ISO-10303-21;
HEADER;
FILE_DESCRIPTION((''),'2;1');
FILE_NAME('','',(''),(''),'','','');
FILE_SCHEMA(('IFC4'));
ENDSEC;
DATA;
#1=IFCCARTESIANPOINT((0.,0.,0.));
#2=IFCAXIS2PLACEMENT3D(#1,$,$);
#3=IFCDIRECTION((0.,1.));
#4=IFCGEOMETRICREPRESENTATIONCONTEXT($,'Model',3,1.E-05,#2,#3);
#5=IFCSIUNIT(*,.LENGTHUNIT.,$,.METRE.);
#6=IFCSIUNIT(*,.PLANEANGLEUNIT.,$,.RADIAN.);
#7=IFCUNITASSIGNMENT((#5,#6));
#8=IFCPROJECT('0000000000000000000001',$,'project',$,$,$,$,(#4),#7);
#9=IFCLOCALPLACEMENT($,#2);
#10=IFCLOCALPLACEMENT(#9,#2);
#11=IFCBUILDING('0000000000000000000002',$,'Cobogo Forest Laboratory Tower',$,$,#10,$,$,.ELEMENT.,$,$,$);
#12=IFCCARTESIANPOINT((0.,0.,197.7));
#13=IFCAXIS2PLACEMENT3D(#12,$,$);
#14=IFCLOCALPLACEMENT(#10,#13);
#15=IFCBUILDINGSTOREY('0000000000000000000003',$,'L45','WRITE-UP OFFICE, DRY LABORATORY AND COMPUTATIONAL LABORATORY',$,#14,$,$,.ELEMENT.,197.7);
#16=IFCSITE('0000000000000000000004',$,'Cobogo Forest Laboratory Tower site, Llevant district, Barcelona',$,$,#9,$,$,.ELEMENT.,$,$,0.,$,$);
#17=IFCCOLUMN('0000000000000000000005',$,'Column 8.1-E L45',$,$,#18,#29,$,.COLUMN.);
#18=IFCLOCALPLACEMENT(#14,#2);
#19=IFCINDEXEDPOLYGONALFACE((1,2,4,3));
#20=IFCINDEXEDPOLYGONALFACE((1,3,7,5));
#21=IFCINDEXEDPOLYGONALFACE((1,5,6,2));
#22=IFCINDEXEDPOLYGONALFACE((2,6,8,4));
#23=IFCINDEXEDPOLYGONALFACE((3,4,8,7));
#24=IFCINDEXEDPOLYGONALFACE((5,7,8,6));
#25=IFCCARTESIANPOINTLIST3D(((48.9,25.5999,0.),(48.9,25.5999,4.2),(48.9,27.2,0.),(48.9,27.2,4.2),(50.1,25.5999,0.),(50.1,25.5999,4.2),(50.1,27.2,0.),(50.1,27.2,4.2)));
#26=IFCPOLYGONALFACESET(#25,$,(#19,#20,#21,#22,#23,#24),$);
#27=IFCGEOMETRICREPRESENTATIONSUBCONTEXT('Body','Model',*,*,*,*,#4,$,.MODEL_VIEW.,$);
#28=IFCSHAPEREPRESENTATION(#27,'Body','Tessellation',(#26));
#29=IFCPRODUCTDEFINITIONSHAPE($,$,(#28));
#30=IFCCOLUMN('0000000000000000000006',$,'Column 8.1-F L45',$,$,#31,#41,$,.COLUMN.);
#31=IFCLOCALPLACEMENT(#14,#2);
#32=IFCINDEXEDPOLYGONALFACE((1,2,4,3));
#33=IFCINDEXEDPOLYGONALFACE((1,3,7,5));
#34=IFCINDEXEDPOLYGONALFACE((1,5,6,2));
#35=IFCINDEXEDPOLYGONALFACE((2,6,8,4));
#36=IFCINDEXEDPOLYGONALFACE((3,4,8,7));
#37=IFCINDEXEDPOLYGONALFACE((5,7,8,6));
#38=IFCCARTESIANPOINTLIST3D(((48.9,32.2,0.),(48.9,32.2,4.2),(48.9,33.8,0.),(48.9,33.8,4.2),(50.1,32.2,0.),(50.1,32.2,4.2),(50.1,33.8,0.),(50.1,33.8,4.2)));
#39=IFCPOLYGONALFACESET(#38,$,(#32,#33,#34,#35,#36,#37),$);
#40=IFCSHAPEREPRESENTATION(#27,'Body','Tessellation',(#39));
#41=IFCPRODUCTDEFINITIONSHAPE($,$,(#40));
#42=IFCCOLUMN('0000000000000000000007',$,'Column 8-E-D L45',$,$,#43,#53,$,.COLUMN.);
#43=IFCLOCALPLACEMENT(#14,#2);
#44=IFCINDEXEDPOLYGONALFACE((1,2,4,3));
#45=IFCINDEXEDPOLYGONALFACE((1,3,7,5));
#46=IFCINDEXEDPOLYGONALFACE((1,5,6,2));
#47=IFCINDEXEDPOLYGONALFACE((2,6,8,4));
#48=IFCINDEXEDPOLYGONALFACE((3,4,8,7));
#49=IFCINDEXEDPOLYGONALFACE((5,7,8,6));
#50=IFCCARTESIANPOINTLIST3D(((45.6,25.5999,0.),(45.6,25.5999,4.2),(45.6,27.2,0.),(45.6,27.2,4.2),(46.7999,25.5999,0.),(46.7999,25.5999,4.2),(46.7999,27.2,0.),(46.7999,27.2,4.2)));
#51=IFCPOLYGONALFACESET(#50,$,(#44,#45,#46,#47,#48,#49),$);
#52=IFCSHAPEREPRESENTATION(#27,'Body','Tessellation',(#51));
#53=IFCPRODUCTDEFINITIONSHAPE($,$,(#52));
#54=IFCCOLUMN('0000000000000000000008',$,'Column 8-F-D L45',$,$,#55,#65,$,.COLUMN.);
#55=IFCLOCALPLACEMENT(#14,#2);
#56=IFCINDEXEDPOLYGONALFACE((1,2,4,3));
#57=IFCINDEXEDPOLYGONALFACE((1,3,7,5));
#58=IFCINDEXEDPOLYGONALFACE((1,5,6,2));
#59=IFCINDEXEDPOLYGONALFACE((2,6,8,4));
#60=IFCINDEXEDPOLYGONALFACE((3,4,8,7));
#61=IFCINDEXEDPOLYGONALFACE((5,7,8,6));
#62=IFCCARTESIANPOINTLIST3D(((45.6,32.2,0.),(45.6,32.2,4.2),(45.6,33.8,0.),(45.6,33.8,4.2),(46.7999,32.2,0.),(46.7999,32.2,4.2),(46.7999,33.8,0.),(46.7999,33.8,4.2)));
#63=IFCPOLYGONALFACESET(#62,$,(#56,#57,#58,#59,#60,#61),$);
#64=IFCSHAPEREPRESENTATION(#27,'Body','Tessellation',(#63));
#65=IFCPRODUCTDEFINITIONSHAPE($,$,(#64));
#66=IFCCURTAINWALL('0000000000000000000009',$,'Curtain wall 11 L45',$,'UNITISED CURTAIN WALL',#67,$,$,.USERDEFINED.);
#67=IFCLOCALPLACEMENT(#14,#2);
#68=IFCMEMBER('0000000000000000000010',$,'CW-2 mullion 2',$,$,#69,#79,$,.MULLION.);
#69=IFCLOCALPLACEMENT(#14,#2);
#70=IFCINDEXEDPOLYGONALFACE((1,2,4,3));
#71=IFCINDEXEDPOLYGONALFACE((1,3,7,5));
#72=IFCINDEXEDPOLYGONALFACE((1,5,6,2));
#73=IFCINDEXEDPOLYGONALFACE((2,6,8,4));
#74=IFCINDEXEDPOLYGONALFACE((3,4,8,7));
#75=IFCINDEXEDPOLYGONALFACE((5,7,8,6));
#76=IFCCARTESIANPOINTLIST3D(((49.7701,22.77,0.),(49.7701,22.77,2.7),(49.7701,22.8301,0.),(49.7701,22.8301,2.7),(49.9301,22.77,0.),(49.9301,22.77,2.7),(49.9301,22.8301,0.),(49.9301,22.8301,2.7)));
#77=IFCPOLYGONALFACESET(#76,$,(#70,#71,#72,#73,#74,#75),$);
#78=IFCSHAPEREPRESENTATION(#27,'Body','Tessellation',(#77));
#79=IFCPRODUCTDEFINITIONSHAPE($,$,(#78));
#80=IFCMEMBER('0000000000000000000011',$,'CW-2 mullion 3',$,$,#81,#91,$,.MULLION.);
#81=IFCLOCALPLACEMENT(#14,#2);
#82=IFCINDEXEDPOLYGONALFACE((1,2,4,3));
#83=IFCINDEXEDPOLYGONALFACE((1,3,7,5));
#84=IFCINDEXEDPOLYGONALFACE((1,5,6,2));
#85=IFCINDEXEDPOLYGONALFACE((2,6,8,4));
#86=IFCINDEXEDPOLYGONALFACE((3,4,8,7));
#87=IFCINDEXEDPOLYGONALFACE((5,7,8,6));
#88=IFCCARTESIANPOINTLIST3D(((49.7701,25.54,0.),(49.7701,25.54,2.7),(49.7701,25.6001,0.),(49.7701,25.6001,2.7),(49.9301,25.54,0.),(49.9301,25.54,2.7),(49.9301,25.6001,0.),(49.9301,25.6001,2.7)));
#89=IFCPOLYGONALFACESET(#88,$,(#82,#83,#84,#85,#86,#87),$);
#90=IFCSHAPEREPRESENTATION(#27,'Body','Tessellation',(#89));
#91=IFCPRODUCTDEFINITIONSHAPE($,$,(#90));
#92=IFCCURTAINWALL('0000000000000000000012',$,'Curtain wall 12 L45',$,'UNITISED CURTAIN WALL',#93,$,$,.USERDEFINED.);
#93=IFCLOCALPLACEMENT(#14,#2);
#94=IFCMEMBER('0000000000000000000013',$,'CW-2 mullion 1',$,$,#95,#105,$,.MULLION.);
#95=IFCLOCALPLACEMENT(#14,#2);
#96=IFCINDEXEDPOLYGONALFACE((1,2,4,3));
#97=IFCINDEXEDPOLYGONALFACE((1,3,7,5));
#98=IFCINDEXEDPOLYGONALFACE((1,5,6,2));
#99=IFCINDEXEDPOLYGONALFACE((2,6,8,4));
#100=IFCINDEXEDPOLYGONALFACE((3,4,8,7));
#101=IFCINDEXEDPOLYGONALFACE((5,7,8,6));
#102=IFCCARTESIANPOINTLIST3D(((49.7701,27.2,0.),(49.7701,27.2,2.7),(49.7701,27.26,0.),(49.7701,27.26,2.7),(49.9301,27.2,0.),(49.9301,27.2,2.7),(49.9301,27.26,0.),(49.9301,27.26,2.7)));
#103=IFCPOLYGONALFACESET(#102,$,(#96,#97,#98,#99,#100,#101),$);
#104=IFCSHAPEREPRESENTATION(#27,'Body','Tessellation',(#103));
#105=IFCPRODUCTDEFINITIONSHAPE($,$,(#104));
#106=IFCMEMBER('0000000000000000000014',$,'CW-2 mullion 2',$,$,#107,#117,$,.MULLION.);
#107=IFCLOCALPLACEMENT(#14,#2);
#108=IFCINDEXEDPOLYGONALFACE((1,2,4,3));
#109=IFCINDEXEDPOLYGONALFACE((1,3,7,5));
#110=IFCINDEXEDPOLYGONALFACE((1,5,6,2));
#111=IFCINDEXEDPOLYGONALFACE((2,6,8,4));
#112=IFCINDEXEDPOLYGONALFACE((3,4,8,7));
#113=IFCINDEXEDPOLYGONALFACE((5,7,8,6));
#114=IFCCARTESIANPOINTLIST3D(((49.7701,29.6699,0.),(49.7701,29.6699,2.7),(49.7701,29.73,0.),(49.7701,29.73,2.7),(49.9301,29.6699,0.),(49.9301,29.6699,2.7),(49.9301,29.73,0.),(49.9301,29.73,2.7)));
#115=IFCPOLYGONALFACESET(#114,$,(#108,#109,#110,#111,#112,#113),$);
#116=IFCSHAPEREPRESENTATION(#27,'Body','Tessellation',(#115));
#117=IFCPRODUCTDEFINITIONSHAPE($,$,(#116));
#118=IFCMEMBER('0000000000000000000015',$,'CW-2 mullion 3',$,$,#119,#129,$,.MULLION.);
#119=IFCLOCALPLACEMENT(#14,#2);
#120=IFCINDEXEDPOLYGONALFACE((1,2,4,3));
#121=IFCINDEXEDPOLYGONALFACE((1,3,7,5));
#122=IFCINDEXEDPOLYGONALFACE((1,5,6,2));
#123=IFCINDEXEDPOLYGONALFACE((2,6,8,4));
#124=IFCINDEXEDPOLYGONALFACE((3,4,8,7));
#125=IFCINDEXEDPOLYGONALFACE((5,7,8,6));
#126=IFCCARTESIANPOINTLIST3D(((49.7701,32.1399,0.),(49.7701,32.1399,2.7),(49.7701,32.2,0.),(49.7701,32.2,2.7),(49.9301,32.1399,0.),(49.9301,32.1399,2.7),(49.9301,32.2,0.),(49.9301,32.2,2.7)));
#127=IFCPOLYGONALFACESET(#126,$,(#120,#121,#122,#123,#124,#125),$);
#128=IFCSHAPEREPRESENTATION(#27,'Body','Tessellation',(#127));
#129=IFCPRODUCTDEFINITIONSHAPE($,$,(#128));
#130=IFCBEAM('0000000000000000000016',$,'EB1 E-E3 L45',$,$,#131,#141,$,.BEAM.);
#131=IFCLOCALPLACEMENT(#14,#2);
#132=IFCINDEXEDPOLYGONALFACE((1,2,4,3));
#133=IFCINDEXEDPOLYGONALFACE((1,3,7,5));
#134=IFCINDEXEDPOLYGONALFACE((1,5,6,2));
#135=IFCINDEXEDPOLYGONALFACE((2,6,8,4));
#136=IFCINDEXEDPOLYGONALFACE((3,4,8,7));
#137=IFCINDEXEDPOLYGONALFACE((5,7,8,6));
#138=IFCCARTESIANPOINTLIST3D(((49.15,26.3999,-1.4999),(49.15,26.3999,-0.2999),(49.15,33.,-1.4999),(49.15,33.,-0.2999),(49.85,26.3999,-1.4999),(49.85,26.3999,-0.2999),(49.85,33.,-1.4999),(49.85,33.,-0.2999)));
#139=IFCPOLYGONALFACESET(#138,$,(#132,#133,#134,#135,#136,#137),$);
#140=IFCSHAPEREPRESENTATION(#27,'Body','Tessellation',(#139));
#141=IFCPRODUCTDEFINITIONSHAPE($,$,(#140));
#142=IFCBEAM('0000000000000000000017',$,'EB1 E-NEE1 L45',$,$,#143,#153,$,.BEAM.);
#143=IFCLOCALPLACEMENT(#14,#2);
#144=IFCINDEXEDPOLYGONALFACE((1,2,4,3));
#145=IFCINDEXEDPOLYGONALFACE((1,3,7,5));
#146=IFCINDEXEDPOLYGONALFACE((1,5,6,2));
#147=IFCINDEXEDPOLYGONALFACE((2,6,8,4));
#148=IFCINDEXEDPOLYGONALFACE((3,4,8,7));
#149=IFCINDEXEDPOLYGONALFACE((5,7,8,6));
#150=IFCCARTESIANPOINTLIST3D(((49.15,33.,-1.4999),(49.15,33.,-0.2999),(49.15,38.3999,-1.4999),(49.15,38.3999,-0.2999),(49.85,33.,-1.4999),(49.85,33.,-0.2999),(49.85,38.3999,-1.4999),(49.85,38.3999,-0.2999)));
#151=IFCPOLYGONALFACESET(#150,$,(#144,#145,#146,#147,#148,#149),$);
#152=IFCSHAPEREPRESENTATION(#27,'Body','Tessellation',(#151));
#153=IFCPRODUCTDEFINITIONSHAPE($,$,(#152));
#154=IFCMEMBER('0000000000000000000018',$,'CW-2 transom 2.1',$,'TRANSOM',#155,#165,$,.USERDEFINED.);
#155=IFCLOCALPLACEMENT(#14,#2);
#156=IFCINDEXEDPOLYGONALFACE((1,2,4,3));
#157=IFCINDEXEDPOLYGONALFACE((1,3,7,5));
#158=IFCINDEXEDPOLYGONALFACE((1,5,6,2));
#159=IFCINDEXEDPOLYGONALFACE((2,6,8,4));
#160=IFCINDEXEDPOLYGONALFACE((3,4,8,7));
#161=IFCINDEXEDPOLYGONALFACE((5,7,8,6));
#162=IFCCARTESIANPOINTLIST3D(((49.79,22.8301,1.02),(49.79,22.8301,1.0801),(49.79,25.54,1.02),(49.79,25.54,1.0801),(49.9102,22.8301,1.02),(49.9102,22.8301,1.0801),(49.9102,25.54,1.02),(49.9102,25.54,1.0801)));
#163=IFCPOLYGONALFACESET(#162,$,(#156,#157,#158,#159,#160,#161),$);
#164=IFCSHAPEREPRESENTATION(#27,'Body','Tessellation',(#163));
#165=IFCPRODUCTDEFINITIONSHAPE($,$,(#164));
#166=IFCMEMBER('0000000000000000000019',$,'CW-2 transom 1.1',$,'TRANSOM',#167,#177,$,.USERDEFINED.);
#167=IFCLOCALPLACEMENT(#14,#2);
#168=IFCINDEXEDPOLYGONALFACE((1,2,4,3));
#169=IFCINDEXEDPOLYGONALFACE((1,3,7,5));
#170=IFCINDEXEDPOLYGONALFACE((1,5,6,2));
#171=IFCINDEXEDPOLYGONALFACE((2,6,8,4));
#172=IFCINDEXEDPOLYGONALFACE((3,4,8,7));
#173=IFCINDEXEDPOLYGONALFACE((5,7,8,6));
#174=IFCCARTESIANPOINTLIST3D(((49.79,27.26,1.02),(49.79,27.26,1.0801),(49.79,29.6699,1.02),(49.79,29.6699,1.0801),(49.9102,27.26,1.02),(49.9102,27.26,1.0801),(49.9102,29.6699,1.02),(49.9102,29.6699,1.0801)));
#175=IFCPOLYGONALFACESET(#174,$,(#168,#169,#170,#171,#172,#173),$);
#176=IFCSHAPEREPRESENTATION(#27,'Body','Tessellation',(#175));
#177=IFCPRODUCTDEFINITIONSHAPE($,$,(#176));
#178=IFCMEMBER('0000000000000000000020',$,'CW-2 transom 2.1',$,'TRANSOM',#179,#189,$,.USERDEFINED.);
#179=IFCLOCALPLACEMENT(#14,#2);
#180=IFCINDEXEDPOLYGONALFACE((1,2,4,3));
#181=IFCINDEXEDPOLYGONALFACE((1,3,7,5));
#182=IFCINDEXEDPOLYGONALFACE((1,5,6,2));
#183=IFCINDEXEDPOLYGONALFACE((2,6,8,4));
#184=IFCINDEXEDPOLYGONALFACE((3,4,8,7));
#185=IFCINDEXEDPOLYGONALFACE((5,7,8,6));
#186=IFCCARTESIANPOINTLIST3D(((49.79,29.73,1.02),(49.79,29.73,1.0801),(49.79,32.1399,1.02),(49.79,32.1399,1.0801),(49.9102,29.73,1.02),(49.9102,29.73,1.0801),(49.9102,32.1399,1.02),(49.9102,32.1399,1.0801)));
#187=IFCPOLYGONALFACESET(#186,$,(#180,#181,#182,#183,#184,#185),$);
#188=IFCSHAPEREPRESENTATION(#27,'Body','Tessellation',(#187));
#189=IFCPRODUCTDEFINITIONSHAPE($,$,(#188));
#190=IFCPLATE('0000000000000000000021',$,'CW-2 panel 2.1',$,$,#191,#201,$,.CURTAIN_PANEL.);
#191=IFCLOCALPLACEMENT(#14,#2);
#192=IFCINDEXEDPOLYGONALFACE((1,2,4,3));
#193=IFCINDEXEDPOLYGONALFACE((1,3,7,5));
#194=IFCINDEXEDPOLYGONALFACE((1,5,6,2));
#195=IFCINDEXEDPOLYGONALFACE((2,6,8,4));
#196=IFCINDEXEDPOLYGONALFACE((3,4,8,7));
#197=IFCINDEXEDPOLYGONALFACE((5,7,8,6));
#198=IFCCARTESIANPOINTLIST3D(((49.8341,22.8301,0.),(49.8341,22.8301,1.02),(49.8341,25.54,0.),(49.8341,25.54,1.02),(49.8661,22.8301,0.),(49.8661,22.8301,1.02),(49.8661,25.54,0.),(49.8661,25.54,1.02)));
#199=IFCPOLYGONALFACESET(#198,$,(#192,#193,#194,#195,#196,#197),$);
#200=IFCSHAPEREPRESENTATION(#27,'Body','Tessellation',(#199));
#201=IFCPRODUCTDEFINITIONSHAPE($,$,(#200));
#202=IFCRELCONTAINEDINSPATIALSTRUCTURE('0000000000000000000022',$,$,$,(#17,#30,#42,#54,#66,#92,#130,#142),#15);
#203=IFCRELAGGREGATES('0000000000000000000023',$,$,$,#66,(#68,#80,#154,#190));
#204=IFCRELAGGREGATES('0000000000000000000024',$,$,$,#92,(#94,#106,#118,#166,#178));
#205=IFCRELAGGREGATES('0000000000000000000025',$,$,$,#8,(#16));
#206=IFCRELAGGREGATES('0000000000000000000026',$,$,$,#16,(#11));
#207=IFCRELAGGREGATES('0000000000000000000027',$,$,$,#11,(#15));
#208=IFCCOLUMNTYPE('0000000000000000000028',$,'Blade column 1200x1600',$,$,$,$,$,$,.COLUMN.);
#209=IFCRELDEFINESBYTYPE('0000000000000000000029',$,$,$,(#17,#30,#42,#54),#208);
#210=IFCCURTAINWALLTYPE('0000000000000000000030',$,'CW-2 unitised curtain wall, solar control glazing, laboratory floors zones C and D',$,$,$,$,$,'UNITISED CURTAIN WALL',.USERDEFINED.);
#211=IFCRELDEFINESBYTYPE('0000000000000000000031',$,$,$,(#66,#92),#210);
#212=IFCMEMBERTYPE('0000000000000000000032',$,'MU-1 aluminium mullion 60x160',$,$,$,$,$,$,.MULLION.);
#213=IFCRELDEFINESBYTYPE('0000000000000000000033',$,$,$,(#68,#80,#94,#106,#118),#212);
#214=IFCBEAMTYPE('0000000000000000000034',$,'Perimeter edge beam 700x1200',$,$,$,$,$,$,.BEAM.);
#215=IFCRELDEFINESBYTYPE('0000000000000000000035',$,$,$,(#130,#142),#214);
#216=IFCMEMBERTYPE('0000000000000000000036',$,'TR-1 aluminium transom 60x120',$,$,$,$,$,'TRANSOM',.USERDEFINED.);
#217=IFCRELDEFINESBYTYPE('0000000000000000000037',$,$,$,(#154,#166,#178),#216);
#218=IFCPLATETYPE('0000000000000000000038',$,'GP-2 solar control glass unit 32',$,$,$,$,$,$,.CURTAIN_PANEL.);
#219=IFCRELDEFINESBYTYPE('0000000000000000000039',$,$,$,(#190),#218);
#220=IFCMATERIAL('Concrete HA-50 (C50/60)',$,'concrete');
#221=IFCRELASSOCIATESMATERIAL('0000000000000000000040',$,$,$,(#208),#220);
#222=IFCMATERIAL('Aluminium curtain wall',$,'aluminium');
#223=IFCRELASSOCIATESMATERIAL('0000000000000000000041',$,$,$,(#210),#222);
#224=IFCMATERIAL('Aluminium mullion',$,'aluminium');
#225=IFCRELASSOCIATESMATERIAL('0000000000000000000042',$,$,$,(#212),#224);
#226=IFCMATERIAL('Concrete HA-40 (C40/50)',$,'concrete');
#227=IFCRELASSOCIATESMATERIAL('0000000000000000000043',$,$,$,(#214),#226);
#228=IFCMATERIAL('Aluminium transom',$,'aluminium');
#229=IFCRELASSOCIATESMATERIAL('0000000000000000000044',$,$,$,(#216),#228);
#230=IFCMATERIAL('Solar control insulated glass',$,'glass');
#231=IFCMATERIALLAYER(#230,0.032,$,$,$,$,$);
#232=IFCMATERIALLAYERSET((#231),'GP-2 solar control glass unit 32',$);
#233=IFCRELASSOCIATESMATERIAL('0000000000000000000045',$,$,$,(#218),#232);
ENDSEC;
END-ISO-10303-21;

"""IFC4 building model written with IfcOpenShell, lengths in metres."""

from ifc_helpers import new_model, si_unit, direction, frame, origin, origin_2d, place, context, subcontext, project, spatial, rectangle, extrude, material, layer, layer_set, material_profile, profile_set, type_object, element, aggregate, save


model = new_model("IFC4")

# Units and contexts
model_context = context("Model", 3, precision=1e-05, world=origin(), true_north=direction((0.0, 1.0)))
body_context = subcontext(model_context, "Body", "Model", "MODEL_VIEW")
ifc_project = project(units=[si_unit("LENGTHUNIT", "METRE"), si_unit("PLANEANGLEUNIT", "RADIAN")], contexts=[model_context])

# Site, building, storey
site_placement = place(None, origin())
site = spatial("IfcSite", under=ifc_project, at=site_placement, Name="Cobogo Forest Laboratory Tower site, Llevant district, Barcelona", CompositionType="ELEMENT", RefElevation=0.0)
building_placement = place(site_placement, origin())
building = spatial("IfcBuilding", under=site, at=building_placement, Name="Cobogo Forest Laboratory Tower", CompositionType="ELEMENT")
storey_placement = place(building_placement, frame((0.0, 0.0, 197.7)))
storey = spatial("IfcBuildingStorey", under=building, at=storey_placement, Name="L45", Description="WRITE-UP OFFICE, DRY LABORATORY AND COMPUTATIONAL LABORATORY", CompositionType="ELEMENT", Elevation=197.7)

# Columns
ifc_material_1 = material(Name="Concrete HA-50 (C50/60)", Category="concrete")
ifc_material_profile_1 = material_profile(ifc_material_1, rectangle(XDim=1.6001, YDim=1.2, at=origin_2d()), Name="RC 1200x1600")
ifc_profile_set_1 = profile_set([ifc_material_profile_1], Name="Concrete HA-50 (C50/60)")
column_type = type_object("IfcColumnType", Name="Blade column 1200x1600", PredefinedType="COLUMN", material=ifc_profile_set_1)
for number, where, z_axis, x_axis, name in (
    (1, (49.5, 26.3999, 0.0), (0.0, 0.0, 1.0), (0.0, 1.0, 0.0), "Column 8.1-E L45"),
    (2, (49.5, 33.0, 0.0), (0.0, 0.0, 1.0), (0.0, 1.0, 0.0), "Column 8.1-F L45"),
    (3, (46.2, 26.3999, 0.0), (0.0, 0.0, 1.0), (0.0, 1.0, 0.0), "Column 8-E-D L45"),
    (4, (46.2, 33.0, 0.0), (0.0, 0.0, 1.0), (0.0, 1.0, 0.0), "Column 8-F-D L45"),
):
    element("IfcColumn", number, at=place(storey_placement, frame(where, z_axis=z_axis, x_axis=x_axis)), inside=storey, type_object=column_type, Name=name, PredefinedType="COLUMN", context=body_context, shape_type="SweptSolid", body=[
        extrude(rectangle(XDim=1.6001, YDim=1.2, at=origin_2d()), origin(), (0.0, 0.0, 1.0), 4.2),
    ])

# Curtain walls, members
ifc_material_2 = material(Name="Aluminium curtain wall", Category="aluminium")
curtain_wall_type = type_object("IfcCurtainWallType", Name="CW-2 unitised curtain wall, solar control glazing, laboratory floors zones C and D", ElementType="UNITISED CURTAIN WALL", PredefinedType="USERDEFINED", material=ifc_material_2)
curtain_wall_1_placement = place(storey_placement, origin())
curtain_wall_1 = element("IfcCurtainWall", 5, at=curtain_wall_1_placement, inside=storey, type_object=curtain_wall_type, Name="Curtain wall 11 L45", ObjectType="UNITISED CURTAIN WALL", PredefinedType="USERDEFINED")
ifc_material_3 = material(Name="Aluminium mullion", Category="aluminium")
ifc_material_profile_2 = material_profile(ifc_material_3, rectangle(XDim=0.0601, YDim=0.1599, at=origin_2d()), Name="AL 60x160")
ifc_profile_set_2 = profile_set([ifc_material_profile_2], Name="Aluminium mullion")
member_type_1 = type_object("IfcMemberType", Name="MU-1 aluminium mullion 60x160", PredefinedType="MULLION", material=ifc_profile_set_2)
member_1_placement = place(storey_placement, frame((49.8501, 22.8, 0.0), z_axis=(0.0, 0.0, 1.0), x_axis=(0.0, 1.0, 0.0)))
member_1 = element("IfcMember", 6, at=member_1_placement, type_object=member_type_1, Name="CW-2 mullion 2", PredefinedType="MULLION", context=body_context, shape_type="SweptSolid", body=[
    extrude(rectangle(XDim=0.0601, YDim=0.1599, at=origin_2d()), origin(), (0.0, 0.0, 1.0), 2.7),
])
member_2_placement = place(storey_placement, frame((49.8501, 25.5701, 0.0), z_axis=(0.0, 0.0, 1.0), x_axis=(0.0, 1.0, 0.0)))
member_2 = element("IfcMember", 7, at=member_2_placement, type_object=member_type_1, Name="CW-2 mullion 3", PredefinedType="MULLION", context=body_context, shape_type="SweptSolid", body=[
    extrude(rectangle(XDim=0.0601, YDim=0.1599, at=origin_2d()), origin(), (0.0, 0.0, 1.0), 2.7),
])
curtain_wall_2_placement = place(storey_placement, origin())
curtain_wall_2 = element("IfcCurtainWall", 8, at=curtain_wall_2_placement, inside=storey, type_object=curtain_wall_type, Name="Curtain wall 12 L45", ObjectType="UNITISED CURTAIN WALL", PredefinedType="USERDEFINED")
member_3_placement = place(storey_placement, frame((49.8501, 27.23, 0.0), z_axis=(0.0, 0.0, 1.0), x_axis=(0.0, 1.0, 0.0)))
member_3 = element("IfcMember", 9, at=member_3_placement, type_object=member_type_1, Name="CW-2 mullion 1", PredefinedType="MULLION", context=body_context, shape_type="SweptSolid", body=[
    extrude(rectangle(XDim=0.0601, YDim=0.1599, at=origin_2d()), origin(), (0.0, 0.0, 1.0), 2.7),
])
member_4_placement = place(storey_placement, frame((49.8501, 29.7, 0.0), z_axis=(0.0, 0.0, 1.0), x_axis=(0.0, 1.0, 0.0)))
member_4 = element("IfcMember", 10, at=member_4_placement, type_object=member_type_1, Name="CW-2 mullion 2", PredefinedType="MULLION", context=body_context, shape_type="SweptSolid", body=[
    extrude(rectangle(XDim=0.0601, YDim=0.1599, at=origin_2d()), origin(), (0.0, 0.0, 1.0), 2.7),
])
member_5_placement = place(storey_placement, frame((49.8501, 32.1699, 0.0), z_axis=(0.0, 0.0, 1.0), x_axis=(0.0, 1.0, 0.0)))
member_5 = element("IfcMember", 11, at=member_5_placement, type_object=member_type_1, Name="CW-2 mullion 3", PredefinedType="MULLION", context=body_context, shape_type="SweptSolid", body=[
    extrude(rectangle(XDim=0.0601, YDim=0.1599, at=origin_2d()), origin(), (0.0, 0.0, 1.0), 2.7),
])

# Beams
ifc_material_4 = material(Name="Concrete HA-40 (C40/50)", Category="concrete")
ifc_material_profile_3 = material_profile(ifc_material_4, rectangle(XDim=0.7, YDim=1.2, at=origin_2d()), Name="RC 700x1200")
ifc_profile_set_3 = profile_set([ifc_material_profile_3], Name="Concrete HA-40 (C40/50)")
beam_type = type_object("IfcBeamType", Name="Perimeter edge beam 700x1200", PredefinedType="BEAM", material=ifc_profile_set_3)
beam_1_placement = place(storey_placement, frame((49.5, 26.3999, -0.8999), z_axis=(0.0, 1.0, 0.0), x_axis=(-1.0, 0.0, 0.0)))
element("IfcBeam", 12, at=beam_1_placement, inside=storey, type_object=beam_type, Name="EB1 E-E3 L45", PredefinedType="BEAM", context=body_context, shape_type="SweptSolid", body=[
    extrude(rectangle(XDim=0.7, YDim=1.2, at=origin_2d()), origin(), (0.0, 0.0, 1.0), 6.6001),
])
beam_2_placement = place(storey_placement, frame((49.5, 33.0, -0.8999), z_axis=(0.0, 1.0, 0.0), x_axis=(-1.0, 0.0, 0.0)))
element("IfcBeam", 13, at=beam_2_placement, inside=storey, type_object=beam_type, Name="EB1 E-NEE1 L45", PredefinedType="BEAM", context=body_context, shape_type="SweptSolid", body=[
    extrude(rectangle(XDim=0.7, YDim=1.2, at=origin_2d()), origin(), (0.0, 0.0, 1.0), 5.3999),
])

# Members
ifc_material_5 = material(Name="Aluminium transom", Category="aluminium")
ifc_material_profile_4 = material_profile(ifc_material_5, rectangle(XDim=0.1201, YDim=0.0601, at=origin_2d()), Name="AL 60x120")
ifc_profile_set_4 = profile_set([ifc_material_profile_4], Name="Aluminium transom")
member_type_2 = type_object("IfcMemberType", Name="TR-1 aluminium transom 60x120", ElementType="TRANSOM", PredefinedType="USERDEFINED", material=ifc_profile_set_4)
member_6_placement = place(storey_placement, frame((49.8501, 22.8301, 1.05), z_axis=(0.0, 1.0, 0.0), x_axis=(-1.0, 0.0, 0.0)))
member_6 = element("IfcMember", 14, at=member_6_placement, type_object=member_type_2, Name="CW-2 transom 2.1", ObjectType="TRANSOM", PredefinedType="USERDEFINED", context=body_context, shape_type="SweptSolid", body=[
    extrude(rectangle(XDim=0.1201, YDim=0.0601, at=origin_2d()), origin(), (0.0, 0.0, 1.0), 2.71),
])
member_7_placement = place(storey_placement, frame((49.8501, 27.26, 1.05), z_axis=(0.0, 1.0, 0.0), x_axis=(-1.0, 0.0, 0.0)))
member_7 = element("IfcMember", 15, at=member_7_placement, type_object=member_type_2, Name="CW-2 transom 1.1", ObjectType="TRANSOM", PredefinedType="USERDEFINED", context=body_context, shape_type="SweptSolid", body=[
    extrude(rectangle(XDim=0.1201, YDim=0.0601, at=origin_2d()), origin(), (0.0, 0.0, 1.0), 2.4099),
])
member_8_placement = place(storey_placement, frame((49.8501, 29.73, 1.05), z_axis=(0.0, 1.0, 0.0), x_axis=(-1.0, 0.0, 0.0)))
member_8 = element("IfcMember", 16, at=member_8_placement, type_object=member_type_2, Name="CW-2 transom 2.1", ObjectType="TRANSOM", PredefinedType="USERDEFINED", context=body_context, shape_type="SweptSolid", body=[
    extrude(rectangle(XDim=0.1201, YDim=0.0601, at=origin_2d()), origin(), (0.0, 0.0, 1.0), 2.4099),
])

# Plate
ifc_material_6 = material(Name="Solar control insulated glass", Category="glass")
ifc_layer_1 = layer(ifc_material_6, 0.032)
ifc_layer_set_1 = layer_set([ifc_layer_1], Name="GP-2 solar control glass unit 32")
plate_type_1 = type_object("IfcPlateType", Name="GP-2 solar control glass unit 32", PredefinedType="CURTAIN_PANEL", material=ifc_layer_set_1)
plate_1_placement = place(storey_placement, frame((49.8501, 24.1851, 0.0), z_axis=(0.0, 0.0, 1.0), x_axis=(0.0, 1.0, 0.0)))
plate_1 = element("IfcPlate", 17, at=plate_1_placement, type_object=plate_type_1, Name="CW-2 panel 2.1", PredefinedType="CURTAIN_PANEL", context=body_context, shape_type="SweptSolid", body=[
    extrude(rectangle(XDim=2.71, YDim=0.032, at=origin_2d()), origin(), (0.0, 0.0, 1.0), 1.02),
])
aggregate(curtain_wall_1, [member_1, member_2, member_6, plate_1])
aggregate(curtain_wall_2, [member_3, member_4, member_5, member_7, member_8])

save(model, "model.ifc")
